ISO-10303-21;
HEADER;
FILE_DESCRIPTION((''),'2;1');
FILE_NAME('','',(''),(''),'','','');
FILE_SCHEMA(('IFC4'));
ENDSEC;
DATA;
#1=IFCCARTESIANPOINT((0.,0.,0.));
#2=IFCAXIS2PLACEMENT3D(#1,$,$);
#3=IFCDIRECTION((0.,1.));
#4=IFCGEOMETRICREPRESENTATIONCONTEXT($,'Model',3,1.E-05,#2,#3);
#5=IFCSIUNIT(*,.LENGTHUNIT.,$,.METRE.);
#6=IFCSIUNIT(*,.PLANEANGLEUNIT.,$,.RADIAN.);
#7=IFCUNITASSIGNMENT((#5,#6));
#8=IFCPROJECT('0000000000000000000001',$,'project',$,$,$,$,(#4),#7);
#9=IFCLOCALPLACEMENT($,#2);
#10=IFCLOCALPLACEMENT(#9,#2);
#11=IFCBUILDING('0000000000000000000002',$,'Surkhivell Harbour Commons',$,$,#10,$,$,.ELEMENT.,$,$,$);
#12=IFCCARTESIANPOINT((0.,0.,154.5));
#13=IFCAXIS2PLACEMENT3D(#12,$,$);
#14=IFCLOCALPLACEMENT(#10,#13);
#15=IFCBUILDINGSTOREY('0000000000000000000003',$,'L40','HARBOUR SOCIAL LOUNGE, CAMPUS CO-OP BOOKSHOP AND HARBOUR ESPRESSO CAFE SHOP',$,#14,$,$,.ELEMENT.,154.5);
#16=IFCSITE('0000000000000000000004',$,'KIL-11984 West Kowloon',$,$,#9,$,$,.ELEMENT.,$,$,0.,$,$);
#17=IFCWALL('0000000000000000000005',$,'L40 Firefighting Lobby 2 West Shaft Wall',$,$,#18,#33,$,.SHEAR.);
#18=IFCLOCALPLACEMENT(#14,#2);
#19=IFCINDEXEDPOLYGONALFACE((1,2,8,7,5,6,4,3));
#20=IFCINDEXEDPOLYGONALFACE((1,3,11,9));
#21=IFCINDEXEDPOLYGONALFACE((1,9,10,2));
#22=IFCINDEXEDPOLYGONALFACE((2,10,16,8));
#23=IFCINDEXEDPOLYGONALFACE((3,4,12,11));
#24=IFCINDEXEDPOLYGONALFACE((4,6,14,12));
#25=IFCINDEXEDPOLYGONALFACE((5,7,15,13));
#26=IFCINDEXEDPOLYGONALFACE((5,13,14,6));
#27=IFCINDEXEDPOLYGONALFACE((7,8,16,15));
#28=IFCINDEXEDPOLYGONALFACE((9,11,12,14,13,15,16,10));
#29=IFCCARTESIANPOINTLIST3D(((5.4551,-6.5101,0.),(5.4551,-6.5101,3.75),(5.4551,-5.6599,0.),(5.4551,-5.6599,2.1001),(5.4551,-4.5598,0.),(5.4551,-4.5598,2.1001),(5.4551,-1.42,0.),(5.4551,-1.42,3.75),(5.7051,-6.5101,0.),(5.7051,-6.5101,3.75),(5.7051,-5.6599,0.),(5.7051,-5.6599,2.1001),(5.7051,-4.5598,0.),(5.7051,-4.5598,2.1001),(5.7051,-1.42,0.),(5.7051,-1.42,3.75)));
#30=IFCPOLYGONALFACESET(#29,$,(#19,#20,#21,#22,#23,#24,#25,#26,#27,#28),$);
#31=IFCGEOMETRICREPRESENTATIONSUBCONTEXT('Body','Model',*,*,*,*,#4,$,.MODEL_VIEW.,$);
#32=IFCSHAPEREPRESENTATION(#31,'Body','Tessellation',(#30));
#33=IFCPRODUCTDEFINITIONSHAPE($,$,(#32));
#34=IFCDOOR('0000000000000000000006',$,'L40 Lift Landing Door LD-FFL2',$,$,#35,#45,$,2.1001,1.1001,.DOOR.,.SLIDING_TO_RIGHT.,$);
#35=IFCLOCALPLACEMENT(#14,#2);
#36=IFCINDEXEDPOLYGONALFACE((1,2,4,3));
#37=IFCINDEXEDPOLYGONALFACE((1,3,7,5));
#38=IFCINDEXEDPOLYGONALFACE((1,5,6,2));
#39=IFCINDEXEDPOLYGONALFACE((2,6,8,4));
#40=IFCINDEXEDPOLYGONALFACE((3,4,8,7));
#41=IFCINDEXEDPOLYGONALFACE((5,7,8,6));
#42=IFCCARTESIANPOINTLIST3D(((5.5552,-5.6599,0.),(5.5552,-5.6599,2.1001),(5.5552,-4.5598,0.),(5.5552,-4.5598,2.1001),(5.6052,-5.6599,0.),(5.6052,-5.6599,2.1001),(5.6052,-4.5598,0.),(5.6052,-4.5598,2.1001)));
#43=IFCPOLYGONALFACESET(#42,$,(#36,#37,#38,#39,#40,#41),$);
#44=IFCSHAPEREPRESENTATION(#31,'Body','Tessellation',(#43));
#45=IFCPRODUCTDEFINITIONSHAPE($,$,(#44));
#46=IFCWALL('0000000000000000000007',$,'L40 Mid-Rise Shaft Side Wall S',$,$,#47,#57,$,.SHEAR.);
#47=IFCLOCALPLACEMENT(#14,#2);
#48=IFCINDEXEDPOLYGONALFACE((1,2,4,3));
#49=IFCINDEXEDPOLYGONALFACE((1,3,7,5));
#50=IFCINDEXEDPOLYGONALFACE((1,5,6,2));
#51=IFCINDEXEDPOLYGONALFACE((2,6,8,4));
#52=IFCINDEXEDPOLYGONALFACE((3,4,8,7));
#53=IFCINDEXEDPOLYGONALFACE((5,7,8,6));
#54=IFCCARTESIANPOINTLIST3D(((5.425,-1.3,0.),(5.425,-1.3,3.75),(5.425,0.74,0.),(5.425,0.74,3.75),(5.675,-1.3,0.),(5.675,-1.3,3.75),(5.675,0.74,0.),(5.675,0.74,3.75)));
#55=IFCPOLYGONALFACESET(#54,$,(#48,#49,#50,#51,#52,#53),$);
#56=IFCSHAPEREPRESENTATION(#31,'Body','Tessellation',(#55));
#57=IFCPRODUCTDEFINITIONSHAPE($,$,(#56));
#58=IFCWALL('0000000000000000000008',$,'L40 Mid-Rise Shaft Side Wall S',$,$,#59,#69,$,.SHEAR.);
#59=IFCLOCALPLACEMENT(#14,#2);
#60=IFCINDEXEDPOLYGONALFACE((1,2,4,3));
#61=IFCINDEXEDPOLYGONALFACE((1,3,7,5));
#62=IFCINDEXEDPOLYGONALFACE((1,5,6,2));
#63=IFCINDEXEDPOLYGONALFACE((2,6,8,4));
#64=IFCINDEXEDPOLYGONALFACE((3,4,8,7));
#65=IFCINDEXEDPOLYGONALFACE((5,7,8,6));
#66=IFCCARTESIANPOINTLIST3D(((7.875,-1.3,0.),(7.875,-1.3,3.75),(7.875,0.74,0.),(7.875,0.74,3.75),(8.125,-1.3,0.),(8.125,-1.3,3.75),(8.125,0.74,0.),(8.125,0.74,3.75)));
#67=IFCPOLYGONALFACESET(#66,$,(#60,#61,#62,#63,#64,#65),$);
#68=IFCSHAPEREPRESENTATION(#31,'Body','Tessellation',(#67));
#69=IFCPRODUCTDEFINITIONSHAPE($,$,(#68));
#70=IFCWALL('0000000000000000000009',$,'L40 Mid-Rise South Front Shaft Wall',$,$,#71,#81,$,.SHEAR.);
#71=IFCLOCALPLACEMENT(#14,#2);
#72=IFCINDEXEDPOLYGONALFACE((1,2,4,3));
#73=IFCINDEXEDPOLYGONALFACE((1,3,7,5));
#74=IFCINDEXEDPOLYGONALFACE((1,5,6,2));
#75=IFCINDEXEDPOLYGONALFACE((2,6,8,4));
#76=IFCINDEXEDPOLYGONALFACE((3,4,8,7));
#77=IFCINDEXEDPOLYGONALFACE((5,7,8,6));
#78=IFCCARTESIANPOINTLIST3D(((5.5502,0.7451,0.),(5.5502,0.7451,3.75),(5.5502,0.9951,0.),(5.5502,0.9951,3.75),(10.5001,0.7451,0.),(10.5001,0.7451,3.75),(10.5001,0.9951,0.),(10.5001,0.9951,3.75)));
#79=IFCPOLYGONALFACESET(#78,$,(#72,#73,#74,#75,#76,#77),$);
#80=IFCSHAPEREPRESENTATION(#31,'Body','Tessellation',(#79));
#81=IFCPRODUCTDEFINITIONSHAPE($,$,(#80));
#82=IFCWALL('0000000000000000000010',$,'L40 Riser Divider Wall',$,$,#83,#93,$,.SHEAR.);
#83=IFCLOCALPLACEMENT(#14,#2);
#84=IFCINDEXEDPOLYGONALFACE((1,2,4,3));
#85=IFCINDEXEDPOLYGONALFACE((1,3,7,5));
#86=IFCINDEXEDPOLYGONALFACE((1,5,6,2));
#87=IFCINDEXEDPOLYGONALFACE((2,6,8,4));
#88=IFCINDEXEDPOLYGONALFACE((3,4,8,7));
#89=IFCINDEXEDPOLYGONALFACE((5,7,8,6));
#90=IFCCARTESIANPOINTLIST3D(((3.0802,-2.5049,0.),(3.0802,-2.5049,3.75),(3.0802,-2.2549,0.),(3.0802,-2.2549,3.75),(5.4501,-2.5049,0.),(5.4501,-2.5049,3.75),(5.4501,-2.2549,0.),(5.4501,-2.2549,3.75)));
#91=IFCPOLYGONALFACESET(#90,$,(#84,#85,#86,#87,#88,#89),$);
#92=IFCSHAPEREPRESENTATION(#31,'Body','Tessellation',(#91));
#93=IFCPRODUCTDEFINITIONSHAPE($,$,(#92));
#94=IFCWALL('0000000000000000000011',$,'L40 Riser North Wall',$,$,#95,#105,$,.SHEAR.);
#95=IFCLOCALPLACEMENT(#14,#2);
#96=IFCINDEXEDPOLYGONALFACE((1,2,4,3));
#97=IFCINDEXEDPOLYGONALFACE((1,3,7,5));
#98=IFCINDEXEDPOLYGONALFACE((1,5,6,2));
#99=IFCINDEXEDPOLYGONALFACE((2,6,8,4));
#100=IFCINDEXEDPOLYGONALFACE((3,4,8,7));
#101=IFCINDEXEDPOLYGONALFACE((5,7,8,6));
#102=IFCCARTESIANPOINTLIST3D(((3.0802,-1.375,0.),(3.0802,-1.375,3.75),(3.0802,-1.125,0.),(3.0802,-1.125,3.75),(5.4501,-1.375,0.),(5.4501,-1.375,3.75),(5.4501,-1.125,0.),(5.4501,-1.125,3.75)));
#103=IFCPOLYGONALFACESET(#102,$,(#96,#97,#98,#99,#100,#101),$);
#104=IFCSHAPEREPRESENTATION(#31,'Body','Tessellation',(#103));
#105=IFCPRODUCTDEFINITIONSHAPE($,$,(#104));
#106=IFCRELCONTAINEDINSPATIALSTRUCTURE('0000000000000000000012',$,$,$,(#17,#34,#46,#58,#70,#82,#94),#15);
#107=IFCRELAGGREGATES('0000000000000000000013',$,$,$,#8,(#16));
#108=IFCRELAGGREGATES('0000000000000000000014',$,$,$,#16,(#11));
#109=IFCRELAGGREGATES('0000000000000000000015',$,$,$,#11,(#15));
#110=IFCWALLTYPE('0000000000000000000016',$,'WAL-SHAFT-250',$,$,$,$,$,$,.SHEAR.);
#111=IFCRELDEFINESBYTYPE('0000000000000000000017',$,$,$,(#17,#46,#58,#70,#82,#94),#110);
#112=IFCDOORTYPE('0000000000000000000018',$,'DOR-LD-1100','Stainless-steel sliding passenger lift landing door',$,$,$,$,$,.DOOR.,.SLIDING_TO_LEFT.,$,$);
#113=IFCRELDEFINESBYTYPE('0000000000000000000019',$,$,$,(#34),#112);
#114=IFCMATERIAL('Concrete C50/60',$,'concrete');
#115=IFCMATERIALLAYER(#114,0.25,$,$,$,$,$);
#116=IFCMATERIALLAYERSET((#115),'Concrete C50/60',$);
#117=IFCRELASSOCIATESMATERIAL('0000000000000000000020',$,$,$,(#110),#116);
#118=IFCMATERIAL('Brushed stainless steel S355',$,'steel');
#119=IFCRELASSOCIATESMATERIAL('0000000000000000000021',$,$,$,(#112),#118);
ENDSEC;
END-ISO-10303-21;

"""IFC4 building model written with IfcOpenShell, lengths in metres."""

from ifc_helpers import new_model, si_unit, direction, frame, frame_2d, origin, place, context, subcontext, project, spatial, rectangle, extrude, material, layer, layer_set, type_object, element, fill, save


model = new_model("IFC4")

# Units and contexts
model_context = context("Model", 3, precision=1e-05, world=origin(), true_north=direction((0.0, 1.0)))
body_context = subcontext(model_context, "Body", "Model", "MODEL_VIEW")
ifc_project = project(units=[si_unit("LENGTHUNIT", "METRE"), si_unit("PLANEANGLEUNIT", "RADIAN")], contexts=[model_context])

# Site, building, storey
site_placement = place(None, origin())
site = spatial("IfcSite", under=ifc_project, at=site_placement, Name="KIL-11984 West Kowloon", CompositionType="ELEMENT", RefElevation=0.0)
building_placement = place(site_placement, origin())
building = spatial("IfcBuilding", under=site, at=building_placement, Name="Surkhivell Harbour Commons", CompositionType="ELEMENT")
storey_placement = place(building_placement, frame((0.0, 0.0, 154.5)))
storey = spatial("IfcBuildingStorey", under=building, at=storey_placement, Name="L40", Description="HARBOUR SOCIAL LOUNGE, CAMPUS CO-OP BOOKSHOP AND HARBOUR ESPRESSO CAFE SHOP", CompositionType="ELEMENT", Elevation=154.5)

# Shared definitions
ifc_material_1 = material(Name="Concrete C50/60", Category="concrete")
ifc_layer_1 = layer(ifc_material_1, 0.25)
ifc_layer_set_1 = layer_set([ifc_layer_1], Name="Concrete C50/60")
wall_type_1 = type_object("IfcWallType", Name="WAL-SHAFT-250", PredefinedType="SHEAR", material=ifc_layer_set_1)

# Wall, opening, door
wall_1_placement = place(storey_placement, frame((5.5801, -6.51, 0.0), z_axis=(0.0, 0.0, 1.0), x_axis=(0.0, 1.0, 0.0)))
wall_1 = element("IfcWall", 1, at=wall_1_placement, inside=storey, type_object=wall_type_1, Name="L40 Firefighting Lobby 2 West Shaft Wall", PredefinedType="SHEAR", context=body_context, shape_type="SweptSolid", body=[
    extrude(rectangle(XDim=5.0901, YDim=0.25, at=frame_2d((2.5449, 0.0))), origin(), (0.0, 0.0, 1.0), 3.75),
])
opening_1_placement = place(wall_1_placement, frame((0.8501, 0.0, 0.0)))
opening_1 = element("IfcOpeningElement", 2, at=opening_1_placement, cuts=wall_1, PredefinedType="OPENING", context=body_context, shape_type="SweptSolid", body=[
    extrude(rectangle(XDim=1.1001, YDim=2.1001, at=frame_2d((0.55, 1.05))), frame((0.0, 0.135, 0.0), z_axis=(0.0, -1.0, 0.0), x_axis=(1.0, 0.0, 0.0)), (0.0, 0.0, 1.0), 0.27),
])
ifc_material_2 = material(Name="Brushed stainless steel S355", Category="steel")
door_type_1 = type_object("IfcDoorType", Name="DOR-LD-1100", Description="Stainless-steel sliding passenger lift landing door", OperationType="SLIDING_TO_LEFT", PredefinedType="DOOR", material=ifc_material_2)
door_1_placement = place(opening_1_placement, origin())
door_1 = element("IfcDoor", 3, at=door_1_placement, inside=storey, type_object=door_type_1, Name="L40 Lift Landing Door LD-FFL2", OperationType="SLIDING_TO_RIGHT", OverallHeight=2.1001, OverallWidth=1.1001, PredefinedType="DOOR", context=body_context, shape_type="SweptSolid", body=[
    extrude(rectangle(XDim=1.1001, YDim=2.1001, at=frame_2d((0.55, 1.05))), frame((0.0, 0.0249, 0.0), z_axis=(0.0, -1.0, 0.0), x_axis=(1.0, 0.0, 0.0)), (0.0, 0.0, 1.0), 0.05),
])
fill(opening_1, door_1)

# Walls
for number, where, z_axis, x_axis, name in (
    (4, (5.55, -1.3, 0.0), (0.0, 0.0, 1.0), (0.0, 1.0, 0.0), "L40 Mid-Rise Shaft Side Wall S"),
    (5, (8.0, -1.3, 0.0), (0.0, 0.0, 1.0), (0.0, 1.0, 0.0), "L40 Mid-Rise Shaft Side Wall S"),
):
    element("IfcWall", number, at=place(storey_placement, frame(where, z_axis=z_axis, x_axis=x_axis)), inside=storey, type_object=wall_type_1, Name=name, PredefinedType="SHEAR", context=body_context, shape_type="SweptSolid", body=[
        extrude(rectangle(XDim=2.04, YDim=0.25, at=frame_2d((1.02, 0.0))), origin(), (0.0, 0.0, 1.0), 3.75),
    ])
wall_2_placement = place(storey_placement, frame((5.55, 0.8701, 0.0), z_axis=(0.0, 0.0, 1.0), x_axis=(1.0, 0.0, 0.0)))
element("IfcWall", 6, at=wall_2_placement, inside=storey, type_object=wall_type_1, Name="L40 Mid-Rise South Front Shaft Wall", PredefinedType="SHEAR", context=body_context, shape_type="SweptSolid", body=[
    extrude(rectangle(XDim=4.95, YDim=0.25, at=frame_2d((2.4751, 0.0))), origin(), (0.0, 0.0, 1.0), 3.75),
])
for number, where, z_axis, x_axis, name in (
    (7, (3.0801, -2.3799, 0.0), (0.0, 0.0, 1.0), (1.0, 0.0, 0.0), "L40 Riser Divider Wall"),
    (8, (3.0801, -1.25, 0.0), (0.0, 0.0, 1.0), (1.0, 0.0, 0.0), "L40 Riser North Wall"),
):
    element("IfcWall", number, at=place(storey_placement, frame(where, z_axis=z_axis, x_axis=x_axis)), inside=storey, type_object=wall_type_1, Name=name, PredefinedType="SHEAR", context=body_context, shape_type="SweptSolid", body=[
        extrude(rectangle(XDim=2.3699, YDim=0.25, at=frame_2d((1.1851, 0.0))), origin(), (0.0, 0.0, 1.0), 3.75),
    ])

save(model, "model.ifc")
